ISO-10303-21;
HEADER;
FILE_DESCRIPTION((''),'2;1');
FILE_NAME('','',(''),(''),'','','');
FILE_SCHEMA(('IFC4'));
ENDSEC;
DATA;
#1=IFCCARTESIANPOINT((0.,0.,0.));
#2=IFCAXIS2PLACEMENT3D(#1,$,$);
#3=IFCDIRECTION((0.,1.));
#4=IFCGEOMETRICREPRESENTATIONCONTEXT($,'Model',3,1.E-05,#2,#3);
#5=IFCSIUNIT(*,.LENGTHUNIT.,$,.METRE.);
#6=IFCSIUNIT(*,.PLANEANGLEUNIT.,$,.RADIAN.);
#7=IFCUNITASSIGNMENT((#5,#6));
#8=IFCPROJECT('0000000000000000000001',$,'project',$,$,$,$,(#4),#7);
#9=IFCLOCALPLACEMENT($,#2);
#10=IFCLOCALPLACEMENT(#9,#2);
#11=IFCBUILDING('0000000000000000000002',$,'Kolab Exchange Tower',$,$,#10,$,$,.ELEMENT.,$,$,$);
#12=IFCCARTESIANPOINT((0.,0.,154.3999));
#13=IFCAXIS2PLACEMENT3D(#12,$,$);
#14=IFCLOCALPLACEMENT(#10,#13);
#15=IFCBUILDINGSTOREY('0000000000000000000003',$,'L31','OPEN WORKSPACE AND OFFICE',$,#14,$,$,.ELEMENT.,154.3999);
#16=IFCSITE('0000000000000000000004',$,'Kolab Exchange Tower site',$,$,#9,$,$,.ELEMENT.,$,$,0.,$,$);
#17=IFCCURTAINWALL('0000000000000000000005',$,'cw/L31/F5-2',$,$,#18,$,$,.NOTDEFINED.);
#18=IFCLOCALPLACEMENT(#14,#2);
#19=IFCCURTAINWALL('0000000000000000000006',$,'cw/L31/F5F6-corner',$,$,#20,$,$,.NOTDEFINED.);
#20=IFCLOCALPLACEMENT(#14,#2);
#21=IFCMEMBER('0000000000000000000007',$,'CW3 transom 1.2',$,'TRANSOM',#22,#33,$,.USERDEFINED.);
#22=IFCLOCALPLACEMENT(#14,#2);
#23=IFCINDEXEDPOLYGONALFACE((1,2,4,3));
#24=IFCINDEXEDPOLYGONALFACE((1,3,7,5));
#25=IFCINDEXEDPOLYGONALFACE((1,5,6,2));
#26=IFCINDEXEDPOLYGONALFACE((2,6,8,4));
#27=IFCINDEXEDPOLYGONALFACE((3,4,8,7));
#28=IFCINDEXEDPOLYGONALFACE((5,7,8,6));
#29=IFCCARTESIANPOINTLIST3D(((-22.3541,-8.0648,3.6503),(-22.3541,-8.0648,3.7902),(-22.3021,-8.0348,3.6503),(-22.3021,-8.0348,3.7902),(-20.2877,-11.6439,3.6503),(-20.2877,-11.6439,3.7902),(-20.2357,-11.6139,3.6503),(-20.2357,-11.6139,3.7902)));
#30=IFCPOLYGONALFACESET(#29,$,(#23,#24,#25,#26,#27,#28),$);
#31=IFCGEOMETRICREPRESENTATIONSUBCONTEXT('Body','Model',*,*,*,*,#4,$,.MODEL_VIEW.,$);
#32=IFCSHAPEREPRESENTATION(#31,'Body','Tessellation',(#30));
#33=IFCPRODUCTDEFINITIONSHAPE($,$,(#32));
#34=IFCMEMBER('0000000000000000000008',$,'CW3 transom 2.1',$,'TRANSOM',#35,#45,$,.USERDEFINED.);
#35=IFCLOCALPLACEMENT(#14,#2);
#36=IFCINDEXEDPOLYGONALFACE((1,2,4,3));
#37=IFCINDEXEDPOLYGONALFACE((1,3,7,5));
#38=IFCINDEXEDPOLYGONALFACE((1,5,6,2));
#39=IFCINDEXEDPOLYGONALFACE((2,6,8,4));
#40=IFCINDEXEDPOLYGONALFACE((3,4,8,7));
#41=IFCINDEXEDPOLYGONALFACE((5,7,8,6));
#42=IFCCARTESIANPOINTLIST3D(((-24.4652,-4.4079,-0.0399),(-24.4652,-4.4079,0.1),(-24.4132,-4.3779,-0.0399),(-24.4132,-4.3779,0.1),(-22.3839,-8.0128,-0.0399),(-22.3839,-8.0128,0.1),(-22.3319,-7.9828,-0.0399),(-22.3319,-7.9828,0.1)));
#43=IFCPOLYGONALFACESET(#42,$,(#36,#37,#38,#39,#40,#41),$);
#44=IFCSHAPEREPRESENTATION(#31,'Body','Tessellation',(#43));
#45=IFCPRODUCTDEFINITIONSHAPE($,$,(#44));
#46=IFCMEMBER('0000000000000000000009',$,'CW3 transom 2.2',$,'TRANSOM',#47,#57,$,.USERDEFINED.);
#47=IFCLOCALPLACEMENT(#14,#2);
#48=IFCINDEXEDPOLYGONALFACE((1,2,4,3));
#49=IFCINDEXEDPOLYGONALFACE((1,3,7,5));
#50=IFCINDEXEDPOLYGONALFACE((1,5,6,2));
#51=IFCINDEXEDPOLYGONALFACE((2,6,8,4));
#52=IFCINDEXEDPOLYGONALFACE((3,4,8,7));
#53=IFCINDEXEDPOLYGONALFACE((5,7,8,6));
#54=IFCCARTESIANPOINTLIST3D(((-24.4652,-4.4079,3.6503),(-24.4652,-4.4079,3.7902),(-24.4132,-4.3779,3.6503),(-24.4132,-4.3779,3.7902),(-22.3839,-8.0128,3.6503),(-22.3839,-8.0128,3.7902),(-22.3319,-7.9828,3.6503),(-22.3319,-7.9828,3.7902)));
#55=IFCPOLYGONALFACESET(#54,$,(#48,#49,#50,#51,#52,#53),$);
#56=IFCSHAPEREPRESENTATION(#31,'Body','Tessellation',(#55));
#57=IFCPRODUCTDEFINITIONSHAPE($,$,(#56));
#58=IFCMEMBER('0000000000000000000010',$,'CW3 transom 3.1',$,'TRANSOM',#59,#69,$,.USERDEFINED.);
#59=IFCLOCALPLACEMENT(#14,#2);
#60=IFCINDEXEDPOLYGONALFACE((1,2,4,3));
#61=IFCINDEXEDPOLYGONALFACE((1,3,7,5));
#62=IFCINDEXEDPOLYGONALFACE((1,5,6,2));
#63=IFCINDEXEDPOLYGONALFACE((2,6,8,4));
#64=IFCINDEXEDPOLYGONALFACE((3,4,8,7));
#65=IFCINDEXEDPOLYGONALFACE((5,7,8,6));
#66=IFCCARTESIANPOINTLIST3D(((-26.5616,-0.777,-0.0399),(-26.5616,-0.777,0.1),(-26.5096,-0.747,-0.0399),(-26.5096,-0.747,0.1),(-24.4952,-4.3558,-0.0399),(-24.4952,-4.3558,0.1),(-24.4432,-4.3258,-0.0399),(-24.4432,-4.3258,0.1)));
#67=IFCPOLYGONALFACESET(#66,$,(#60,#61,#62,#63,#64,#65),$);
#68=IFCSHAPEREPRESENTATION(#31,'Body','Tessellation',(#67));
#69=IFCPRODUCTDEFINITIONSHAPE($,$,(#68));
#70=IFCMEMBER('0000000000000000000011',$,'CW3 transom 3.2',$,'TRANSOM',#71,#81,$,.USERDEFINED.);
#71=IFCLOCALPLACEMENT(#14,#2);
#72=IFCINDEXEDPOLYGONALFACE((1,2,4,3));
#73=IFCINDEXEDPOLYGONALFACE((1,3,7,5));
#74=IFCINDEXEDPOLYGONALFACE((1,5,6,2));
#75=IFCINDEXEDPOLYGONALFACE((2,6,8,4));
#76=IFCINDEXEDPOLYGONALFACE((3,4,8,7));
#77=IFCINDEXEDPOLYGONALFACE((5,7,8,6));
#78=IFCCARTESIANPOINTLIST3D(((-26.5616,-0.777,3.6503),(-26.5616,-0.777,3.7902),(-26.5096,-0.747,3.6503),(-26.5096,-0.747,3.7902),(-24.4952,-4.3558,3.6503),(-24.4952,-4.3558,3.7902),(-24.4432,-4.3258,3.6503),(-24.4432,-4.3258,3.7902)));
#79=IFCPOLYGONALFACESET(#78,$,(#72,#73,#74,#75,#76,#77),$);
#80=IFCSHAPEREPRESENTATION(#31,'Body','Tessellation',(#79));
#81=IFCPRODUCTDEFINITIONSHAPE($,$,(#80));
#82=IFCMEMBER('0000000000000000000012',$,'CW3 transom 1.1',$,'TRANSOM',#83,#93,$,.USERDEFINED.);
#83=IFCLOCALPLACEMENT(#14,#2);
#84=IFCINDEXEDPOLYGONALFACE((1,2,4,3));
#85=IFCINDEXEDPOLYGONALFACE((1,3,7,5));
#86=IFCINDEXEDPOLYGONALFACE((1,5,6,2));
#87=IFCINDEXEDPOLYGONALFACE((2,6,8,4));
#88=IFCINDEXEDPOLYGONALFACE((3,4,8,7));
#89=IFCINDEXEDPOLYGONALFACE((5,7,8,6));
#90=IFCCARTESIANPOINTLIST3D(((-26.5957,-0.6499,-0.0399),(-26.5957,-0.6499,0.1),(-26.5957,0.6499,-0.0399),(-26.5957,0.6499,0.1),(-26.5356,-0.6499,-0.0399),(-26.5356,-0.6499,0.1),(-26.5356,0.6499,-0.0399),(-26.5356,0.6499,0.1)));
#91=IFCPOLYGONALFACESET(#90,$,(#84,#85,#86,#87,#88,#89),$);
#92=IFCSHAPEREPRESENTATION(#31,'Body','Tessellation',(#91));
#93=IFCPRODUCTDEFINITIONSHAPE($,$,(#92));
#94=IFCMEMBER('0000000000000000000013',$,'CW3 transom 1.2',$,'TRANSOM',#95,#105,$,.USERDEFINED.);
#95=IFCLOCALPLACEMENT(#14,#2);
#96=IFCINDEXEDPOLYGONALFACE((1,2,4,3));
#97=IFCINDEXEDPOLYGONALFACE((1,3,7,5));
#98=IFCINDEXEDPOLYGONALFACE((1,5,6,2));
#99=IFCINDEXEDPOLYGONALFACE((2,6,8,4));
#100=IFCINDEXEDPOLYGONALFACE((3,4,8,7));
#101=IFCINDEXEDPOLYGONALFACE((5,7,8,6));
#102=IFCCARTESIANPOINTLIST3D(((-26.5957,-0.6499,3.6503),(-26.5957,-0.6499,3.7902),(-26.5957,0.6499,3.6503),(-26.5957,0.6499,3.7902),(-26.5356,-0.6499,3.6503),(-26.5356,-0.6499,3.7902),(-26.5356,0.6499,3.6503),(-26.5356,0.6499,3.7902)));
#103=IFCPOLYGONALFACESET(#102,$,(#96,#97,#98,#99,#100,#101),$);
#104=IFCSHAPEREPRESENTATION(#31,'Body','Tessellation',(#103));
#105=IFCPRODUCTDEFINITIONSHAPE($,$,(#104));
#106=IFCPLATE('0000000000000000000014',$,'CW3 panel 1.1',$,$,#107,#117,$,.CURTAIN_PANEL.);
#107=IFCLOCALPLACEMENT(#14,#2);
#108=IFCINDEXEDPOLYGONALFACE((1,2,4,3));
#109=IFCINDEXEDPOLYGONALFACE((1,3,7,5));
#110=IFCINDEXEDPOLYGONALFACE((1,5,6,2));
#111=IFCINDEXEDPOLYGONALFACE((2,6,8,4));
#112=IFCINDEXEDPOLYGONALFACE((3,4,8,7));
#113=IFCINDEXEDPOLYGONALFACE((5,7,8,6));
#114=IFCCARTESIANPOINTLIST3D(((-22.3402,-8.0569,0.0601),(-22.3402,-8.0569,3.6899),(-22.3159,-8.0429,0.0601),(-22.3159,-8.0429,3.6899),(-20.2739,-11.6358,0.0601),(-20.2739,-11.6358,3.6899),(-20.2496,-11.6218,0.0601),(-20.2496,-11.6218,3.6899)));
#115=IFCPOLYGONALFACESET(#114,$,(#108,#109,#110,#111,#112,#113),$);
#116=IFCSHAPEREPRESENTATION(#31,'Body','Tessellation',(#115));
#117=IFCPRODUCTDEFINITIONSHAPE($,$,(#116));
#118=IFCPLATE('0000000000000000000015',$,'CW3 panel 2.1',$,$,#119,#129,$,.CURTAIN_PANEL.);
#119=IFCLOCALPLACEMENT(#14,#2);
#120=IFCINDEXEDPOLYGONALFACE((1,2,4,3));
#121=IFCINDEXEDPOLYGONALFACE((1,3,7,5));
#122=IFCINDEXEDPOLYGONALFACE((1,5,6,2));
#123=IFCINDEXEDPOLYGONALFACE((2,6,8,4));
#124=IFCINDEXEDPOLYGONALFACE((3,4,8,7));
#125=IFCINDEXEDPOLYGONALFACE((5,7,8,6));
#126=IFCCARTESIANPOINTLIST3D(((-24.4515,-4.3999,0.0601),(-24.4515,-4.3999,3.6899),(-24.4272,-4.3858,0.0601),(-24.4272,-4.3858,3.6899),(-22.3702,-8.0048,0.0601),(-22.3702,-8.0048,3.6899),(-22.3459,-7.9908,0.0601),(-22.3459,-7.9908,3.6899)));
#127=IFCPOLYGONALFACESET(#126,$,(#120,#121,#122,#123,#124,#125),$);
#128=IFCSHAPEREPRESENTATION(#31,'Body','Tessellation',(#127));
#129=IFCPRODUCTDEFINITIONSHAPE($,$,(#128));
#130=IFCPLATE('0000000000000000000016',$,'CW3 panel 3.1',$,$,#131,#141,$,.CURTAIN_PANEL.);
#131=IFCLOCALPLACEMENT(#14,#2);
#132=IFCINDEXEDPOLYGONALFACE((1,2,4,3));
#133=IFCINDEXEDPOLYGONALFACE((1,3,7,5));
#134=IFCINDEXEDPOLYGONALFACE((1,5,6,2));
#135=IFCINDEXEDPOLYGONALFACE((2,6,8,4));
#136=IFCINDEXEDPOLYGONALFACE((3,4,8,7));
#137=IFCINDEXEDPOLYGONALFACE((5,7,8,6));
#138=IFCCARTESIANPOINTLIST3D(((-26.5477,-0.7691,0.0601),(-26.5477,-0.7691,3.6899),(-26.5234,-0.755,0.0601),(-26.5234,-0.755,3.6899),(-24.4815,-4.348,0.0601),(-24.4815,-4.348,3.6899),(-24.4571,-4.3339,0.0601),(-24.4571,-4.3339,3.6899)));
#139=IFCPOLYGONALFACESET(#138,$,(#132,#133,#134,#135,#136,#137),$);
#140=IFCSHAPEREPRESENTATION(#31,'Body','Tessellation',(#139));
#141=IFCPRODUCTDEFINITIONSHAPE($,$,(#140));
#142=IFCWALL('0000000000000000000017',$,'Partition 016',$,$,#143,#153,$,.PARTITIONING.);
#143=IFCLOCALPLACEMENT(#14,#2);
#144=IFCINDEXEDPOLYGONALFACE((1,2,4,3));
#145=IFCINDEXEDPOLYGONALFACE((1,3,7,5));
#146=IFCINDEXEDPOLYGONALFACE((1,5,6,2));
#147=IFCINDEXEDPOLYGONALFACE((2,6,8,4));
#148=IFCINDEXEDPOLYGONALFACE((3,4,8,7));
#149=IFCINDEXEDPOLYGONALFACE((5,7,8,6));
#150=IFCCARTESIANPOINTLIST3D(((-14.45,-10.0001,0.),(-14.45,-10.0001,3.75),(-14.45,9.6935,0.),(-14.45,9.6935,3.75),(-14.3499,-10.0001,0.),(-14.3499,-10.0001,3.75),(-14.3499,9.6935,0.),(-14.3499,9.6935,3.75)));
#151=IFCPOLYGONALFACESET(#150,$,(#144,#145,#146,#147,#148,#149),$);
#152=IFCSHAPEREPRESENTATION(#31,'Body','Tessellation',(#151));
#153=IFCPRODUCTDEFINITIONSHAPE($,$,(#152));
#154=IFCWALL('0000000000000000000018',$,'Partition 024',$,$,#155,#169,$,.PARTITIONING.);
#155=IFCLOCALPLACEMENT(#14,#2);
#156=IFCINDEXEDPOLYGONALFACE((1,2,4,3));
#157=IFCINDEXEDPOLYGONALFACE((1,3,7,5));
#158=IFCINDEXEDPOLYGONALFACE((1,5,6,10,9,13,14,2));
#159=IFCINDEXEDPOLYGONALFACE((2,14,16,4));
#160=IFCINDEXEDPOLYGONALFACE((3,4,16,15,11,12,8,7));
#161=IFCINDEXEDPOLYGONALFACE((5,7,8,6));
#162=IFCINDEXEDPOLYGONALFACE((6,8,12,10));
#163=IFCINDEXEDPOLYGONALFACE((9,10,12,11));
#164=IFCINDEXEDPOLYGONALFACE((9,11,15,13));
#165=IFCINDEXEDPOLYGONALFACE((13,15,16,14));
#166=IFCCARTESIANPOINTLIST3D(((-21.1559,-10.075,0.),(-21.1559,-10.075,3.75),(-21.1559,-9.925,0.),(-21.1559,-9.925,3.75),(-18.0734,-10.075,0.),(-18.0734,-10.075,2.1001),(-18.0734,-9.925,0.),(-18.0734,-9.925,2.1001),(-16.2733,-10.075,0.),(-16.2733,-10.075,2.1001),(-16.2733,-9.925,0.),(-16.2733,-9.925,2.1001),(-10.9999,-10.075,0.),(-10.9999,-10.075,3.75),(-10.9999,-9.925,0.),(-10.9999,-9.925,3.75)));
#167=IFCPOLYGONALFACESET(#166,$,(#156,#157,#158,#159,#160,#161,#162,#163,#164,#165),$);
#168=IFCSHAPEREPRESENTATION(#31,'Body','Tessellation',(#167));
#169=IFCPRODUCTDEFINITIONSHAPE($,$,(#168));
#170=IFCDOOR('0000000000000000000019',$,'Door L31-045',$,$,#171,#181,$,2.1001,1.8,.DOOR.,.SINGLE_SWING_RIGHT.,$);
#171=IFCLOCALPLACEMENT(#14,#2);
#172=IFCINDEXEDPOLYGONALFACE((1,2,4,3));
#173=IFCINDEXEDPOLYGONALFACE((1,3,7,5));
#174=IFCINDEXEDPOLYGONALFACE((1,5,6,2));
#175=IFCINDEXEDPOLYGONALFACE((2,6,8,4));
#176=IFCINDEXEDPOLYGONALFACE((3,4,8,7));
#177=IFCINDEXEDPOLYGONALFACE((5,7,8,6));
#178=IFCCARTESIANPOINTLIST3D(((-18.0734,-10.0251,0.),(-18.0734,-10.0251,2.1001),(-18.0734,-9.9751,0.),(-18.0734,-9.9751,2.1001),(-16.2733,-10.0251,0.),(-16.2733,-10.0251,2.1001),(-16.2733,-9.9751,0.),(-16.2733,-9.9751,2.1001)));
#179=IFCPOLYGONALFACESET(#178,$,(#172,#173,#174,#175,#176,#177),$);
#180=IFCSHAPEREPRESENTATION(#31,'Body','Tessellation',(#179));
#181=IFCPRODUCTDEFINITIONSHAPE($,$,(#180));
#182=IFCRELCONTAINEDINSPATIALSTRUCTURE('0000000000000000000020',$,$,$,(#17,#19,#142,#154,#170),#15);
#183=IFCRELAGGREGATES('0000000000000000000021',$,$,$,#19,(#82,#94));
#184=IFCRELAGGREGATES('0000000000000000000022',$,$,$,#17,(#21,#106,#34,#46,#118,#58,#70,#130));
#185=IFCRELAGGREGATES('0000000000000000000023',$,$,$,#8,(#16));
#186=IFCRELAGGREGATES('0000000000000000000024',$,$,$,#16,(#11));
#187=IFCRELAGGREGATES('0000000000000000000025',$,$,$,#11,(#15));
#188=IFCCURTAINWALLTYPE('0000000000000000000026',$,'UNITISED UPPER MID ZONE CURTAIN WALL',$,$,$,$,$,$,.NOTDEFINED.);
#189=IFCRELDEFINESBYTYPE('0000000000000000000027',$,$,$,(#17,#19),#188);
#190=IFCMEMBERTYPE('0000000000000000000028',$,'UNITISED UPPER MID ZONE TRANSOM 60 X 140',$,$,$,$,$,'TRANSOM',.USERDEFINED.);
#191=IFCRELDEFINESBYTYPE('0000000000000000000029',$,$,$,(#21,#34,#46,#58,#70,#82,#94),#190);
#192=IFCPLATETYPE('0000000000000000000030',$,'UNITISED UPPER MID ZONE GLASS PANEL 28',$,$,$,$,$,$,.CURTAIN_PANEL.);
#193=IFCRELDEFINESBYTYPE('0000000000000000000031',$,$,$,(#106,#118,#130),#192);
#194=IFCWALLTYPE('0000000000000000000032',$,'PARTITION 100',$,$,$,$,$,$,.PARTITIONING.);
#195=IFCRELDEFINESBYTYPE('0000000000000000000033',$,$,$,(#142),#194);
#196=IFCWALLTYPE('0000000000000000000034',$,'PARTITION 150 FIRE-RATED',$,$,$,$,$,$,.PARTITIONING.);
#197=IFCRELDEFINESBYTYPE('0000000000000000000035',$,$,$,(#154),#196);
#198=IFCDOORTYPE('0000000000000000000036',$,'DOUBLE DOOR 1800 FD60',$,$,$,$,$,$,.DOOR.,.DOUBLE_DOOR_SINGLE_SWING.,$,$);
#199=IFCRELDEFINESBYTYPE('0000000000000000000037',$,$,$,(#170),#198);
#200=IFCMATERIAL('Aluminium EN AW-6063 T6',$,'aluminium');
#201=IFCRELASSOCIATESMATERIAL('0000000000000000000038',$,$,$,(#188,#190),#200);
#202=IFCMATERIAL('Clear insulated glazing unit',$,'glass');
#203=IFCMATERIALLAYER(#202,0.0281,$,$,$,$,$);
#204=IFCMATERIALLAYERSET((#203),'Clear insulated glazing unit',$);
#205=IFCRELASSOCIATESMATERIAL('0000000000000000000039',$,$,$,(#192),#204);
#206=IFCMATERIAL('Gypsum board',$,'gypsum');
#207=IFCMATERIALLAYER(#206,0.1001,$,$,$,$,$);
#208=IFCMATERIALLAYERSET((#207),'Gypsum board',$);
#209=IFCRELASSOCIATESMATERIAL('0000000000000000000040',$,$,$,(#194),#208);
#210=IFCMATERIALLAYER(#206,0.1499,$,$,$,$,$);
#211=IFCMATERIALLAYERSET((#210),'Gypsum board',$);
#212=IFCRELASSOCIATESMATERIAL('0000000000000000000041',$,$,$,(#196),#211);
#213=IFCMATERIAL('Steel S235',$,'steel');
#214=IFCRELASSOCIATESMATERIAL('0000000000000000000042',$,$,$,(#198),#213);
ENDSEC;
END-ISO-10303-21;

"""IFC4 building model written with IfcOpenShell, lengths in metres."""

from ifc_helpers import new_model, si_unit, direction, frame, frame_2d, origin, origin_2d, place, context, subcontext, project, spatial, rectangle, extrude, material, layer, layer_set, material_profile, profile_set, type_object, element, fill, aggregate, save


model = new_model("IFC4")

# Units and contexts
model_context = context("Model", 3, precision=1e-05, world=origin(), true_north=direction((0.0, 1.0)))
body_context = subcontext(model_context, "Body", "Model", "MODEL_VIEW")
ifc_project = project(units=[si_unit("LENGTHUNIT", "METRE"), si_unit("PLANEANGLEUNIT", "RADIAN")], contexts=[model_context])

# Site, building, storey
site_placement = place(None, origin())
site = spatial("IfcSite", under=ifc_project, at=site_placement, Name="Kolab Exchange Tower site", CompositionType="ELEMENT", RefElevation=0.0)
building_placement = place(site_placement, origin())
building = spatial("IfcBuilding", under=site, at=building_placement, Name="Kolab Exchange Tower", CompositionType="ELEMENT")
storey_placement = place(building_placement, frame((0.0, 0.0, 154.3999)))
storey = spatial("IfcBuildingStorey", under=building, at=storey_placement, Name="L31", Description="OPEN WORKSPACE AND OFFICE", CompositionType="ELEMENT", Elevation=154.3999)

# Curtain wall
ifc_material_1 = material(Name="Aluminium EN AW-6063 T6", Category="aluminium")
curtain_wall_type = type_object("IfcCurtainWallType", Name="UNITISED UPPER MID ZONE CURTAIN WALL", PredefinedType="NOTDEFINED", material=ifc_material_1)
curtain_wall_1_placement = place(storey_placement, origin())
curtain_wall_1 = element("IfcCurtainWall", 1, at=curtain_wall_1_placement, inside=storey, type_object=curtain_wall_type, Name="cw/L31/F5-2", PredefinedType="NOTDEFINED")

# Curtain wall
curtain_wall_2_placement = place(storey_placement, origin())
curtain_wall_2 = element("IfcCurtainWall", 2, at=curtain_wall_2_placement, inside=storey, type_object=curtain_wall_type, Name="cw/L31/F5F6-corner", PredefinedType="NOTDEFINED")

# Members
ifc_material_profile_1 = material_profile(ifc_material_1, rectangle(XDim=0.0601, YDim=0.1399, at=origin_2d()), Name="RECT 60X140")
ifc_profile_set_1 = profile_set([ifc_material_profile_1], Name="Aluminium EN AW-6063 T6")
member_type_1 = type_object("IfcMemberType", Name="UNITISED UPPER MID ZONE TRANSOM 60 X 140", ElementType="TRANSOM", PredefinedType="USERDEFINED", material=ifc_profile_set_1)
member_1_placement = place(storey_placement, frame((-20.2617, -11.6289, 3.7202), z_axis=(-0.500002, 0.866024, 0.0), x_axis=(-0.866024, -0.500002, 0.0)))
member_1 = element("IfcMember", 3, at=member_1_placement, type_object=member_type_1, Name="CW3 transom 1.2", ObjectType="TRANSOM", PredefinedType="USERDEFINED", context=body_context, shape_type="SweptSolid", body=[
    extrude(rectangle(XDim=0.0601, YDim=0.1399, at=origin_2d()), origin(), (0.0, 0.0, 1.0), 4.1328),
])
member_2_placement = place(storey_placement, frame((-22.3579, -7.9978, 0.03), z_axis=(-0.499993, 0.866029, 0.0), x_axis=(-0.866029, -0.499993, 0.0)))
member_2 = element("IfcMember", 4, at=member_2_placement, type_object=member_type_1, Name="CW3 transom 2.1", ObjectType="TRANSOM", PredefinedType="USERDEFINED", context=body_context, shape_type="SweptSolid", body=[
    extrude(rectangle(XDim=0.0601, YDim=0.1399, at=origin_2d()), origin(), (0.0, 0.0, 1.0), 4.1626),
])
member_3_placement = place(storey_placement, frame((-22.3579, -7.9978, 3.7202), z_axis=(-0.499993, 0.866029, 0.0), x_axis=(-0.866029, -0.499993, 0.0)))
member_3 = element("IfcMember", 5, at=member_3_placement, type_object=member_type_1, Name="CW3 transom 2.2", ObjectType="TRANSOM", PredefinedType="USERDEFINED", context=body_context, shape_type="SweptSolid", body=[
    extrude(rectangle(XDim=0.0601, YDim=0.1399, at=origin_2d()), origin(), (0.0, 0.0, 1.0), 4.1626),
])
member_4_placement = place(storey_placement, frame((-24.4692, -4.3408, 0.03), z_axis=(-0.500028, 0.866009, 0.0), x_axis=(-0.866009, -0.500028, 0.0)))
member_4 = element("IfcMember", 6, at=member_4_placement, type_object=member_type_1, Name="CW3 transom 3.1", ObjectType="TRANSOM", PredefinedType="USERDEFINED", context=body_context, shape_type="SweptSolid", body=[
    extrude(rectangle(XDim=0.0601, YDim=0.1399, at=origin_2d()), origin(), (0.0, 0.0, 1.0), 4.1326),
])
member_5_placement = place(storey_placement, frame((-24.4692, -4.3408, 3.7202), z_axis=(-0.500028, 0.866009, 0.0), x_axis=(-0.866009, -0.500028, 0.0)))
member_5 = element("IfcMember", 7, at=member_5_placement, type_object=member_type_1, Name="CW3 transom 3.2", ObjectType="TRANSOM", PredefinedType="USERDEFINED", context=body_context, shape_type="SweptSolid", body=[
    extrude(rectangle(XDim=0.0601, YDim=0.1399, at=origin_2d()), origin(), (0.0, 0.0, 1.0), 4.1326),
])
member_6_placement = place(storey_placement, frame((-26.5657, -0.6499, 0.03), z_axis=(0.0, 1.0, 0.0), x_axis=(-1.0, 0.0, 0.0)))
member_6 = element("IfcMember", 8, at=member_6_placement, type_object=member_type_1, Name="CW3 transom 1.1", ObjectType="TRANSOM", PredefinedType="USERDEFINED", context=body_context, shape_type="SweptSolid", body=[
    extrude(rectangle(XDim=0.0601, YDim=0.1399, at=origin_2d()), origin(), (0.0, 0.0, 1.0), 1.2998),
])
member_7_placement = place(storey_placement, frame((-26.5657, -0.6499, 3.7202), z_axis=(0.0, 1.0, 0.0), x_axis=(-1.0, 0.0, 0.0)))
member_7 = element("IfcMember", 9, at=member_7_placement, type_object=member_type_1, Name="CW3 transom 1.2", ObjectType="TRANSOM", PredefinedType="USERDEFINED", context=body_context, shape_type="SweptSolid", body=[
    extrude(rectangle(XDim=0.0601, YDim=0.1399, at=origin_2d()), origin(), (0.0, 0.0, 1.0), 1.2998),
])
aggregate(curtain_wall_2, [member_6, member_7])

# Plates
ifc_material_2 = material(Name="Clear insulated glazing unit", Category="glass")
ifc_layer_1 = layer(ifc_material_2, 0.0281)
ifc_layer_set_1 = layer_set([ifc_layer_1], Name="Clear insulated glazing unit")
plate_type = type_object("IfcPlateType", Name="UNITISED UPPER MID ZONE GLASS PANEL 28", PredefinedType="CURTAIN_PANEL", material=ifc_layer_set_1)
plate_1_placement = place(storey_placement, frame((-21.2949, -9.8394, 0.0601), z_axis=(0.0, 0.0, 1.0), x_axis=(-0.5, 0.866025, 0.0)))
plate_1 = element("IfcPlate", 10, at=plate_1_placement, type_object=plate_type, Name="CW3 panel 1.1", PredefinedType="CURTAIN_PANEL", context=body_context, shape_type="SweptSolid", body=[
    extrude(rectangle(XDim=4.1326, YDim=0.0281, at=origin_2d()), origin(), (0.0, 0.0, 1.0), 3.6299),
])
plate_2_placement = place(storey_placement, frame((-23.3987, -6.1953, 0.0601), z_axis=(0.0, 0.0, 1.0), x_axis=(-0.5, 0.866025, 0.0)))
plate_2 = element("IfcPlate", 11, at=plate_2_placement, type_object=plate_type, Name="CW3 panel 2.1", PredefinedType="CURTAIN_PANEL", context=body_context, shape_type="SweptSolid", body=[
    extrude(rectangle(XDim=4.1626, YDim=0.0281, at=origin_2d()), origin(), (0.0, 0.0, 1.0), 3.6299),
])
plate_3_placement = place(storey_placement, frame((-25.5024, -2.5515, 0.0601), z_axis=(0.0, 0.0, 1.0), x_axis=(-0.5, 0.866025, 0.0)))
plate_3 = element("IfcPlate", 12, at=plate_3_placement, type_object=plate_type, Name="CW3 panel 3.1", PredefinedType="CURTAIN_PANEL", context=body_context, shape_type="SweptSolid", body=[
    extrude(rectangle(XDim=4.1326, YDim=0.0281, at=origin_2d()), origin(), (0.0, 0.0, 1.0), 3.6299),
])
aggregate(curtain_wall_1, [member_1, plate_1, member_2, member_3, plate_2, member_4, member_5, plate_3])

# Wall
ifc_material_3 = material(Name="Gypsum board", Category="gypsum")
ifc_layer_2 = layer(ifc_material_3, 0.1001)
ifc_layer_set_2 = layer_set([ifc_layer_2], Name="Gypsum board")
wall_type_1 = type_object("IfcWallType", Name="PARTITION 100", PredefinedType="PARTITIONING", material=ifc_layer_set_2)
wall_1_placement = place(storey_placement, frame((-14.3999, -10.0, 0.0), z_axis=(0.0, 0.0, 1.0), x_axis=(0.0, 1.0, 0.0)))
element("IfcWall", 13, at=wall_1_placement, inside=storey, type_object=wall_type_1, Name="Partition 016", PredefinedType="PARTITIONING", context=body_context, shape_type="SweptSolid", body=[
    extrude(rectangle(XDim=19.6936, YDim=0.1001, at=frame_2d((9.8467, 0.0))), origin(), (0.0, 0.0, 1.0), 3.75),
])

# Wall, opening, door
ifc_layer_3 = layer(ifc_material_3, 0.1499)
ifc_layer_set_3 = layer_set([ifc_layer_3], Name="Gypsum board")
wall_type_2 = type_object("IfcWallType", Name="PARTITION 150 FIRE-RATED", PredefinedType="PARTITIONING", material=ifc_layer_set_3)
wall_2_placement = place(storey_placement, frame((-21.156, -10.0, 0.0), z_axis=(0.0, 0.0, 1.0), x_axis=(1.0, 0.0, 0.0)))
wall_2 = element("IfcWall", 14, at=wall_2_placement, inside=storey, type_object=wall_type_2, Name="Partition 024", PredefinedType="PARTITIONING", context=body_context, shape_type="SweptSolid", body=[
    extrude(rectangle(XDim=10.156, YDim=0.1499, at=frame_2d((5.0781, 0.0))), origin(), (0.0, 0.0, 1.0), 3.75),
])
opening_placement = place(wall_2_placement, frame((3.0828, 0.0, 0.0)))
opening = element("IfcOpeningElement", 15, at=opening_placement, cuts=wall_2, PredefinedType="OPENING", context=body_context, shape_type="SweptSolid", body=[
    extrude(rectangle(XDim=1.8, YDim=2.1001, at=frame_2d((0.8999, 1.05))), frame((0.0, 0.085, 0.0), z_axis=(0.0, -1.0, 0.0), x_axis=(1.0, 0.0, 0.0)), (0.0, 0.0, 1.0), 0.1699),
])
ifc_material_4 = material(Name="Steel S235", Category="steel")
door_type = type_object("IfcDoorType", Name="DOUBLE DOOR 1800 FD60", OperationType="DOUBLE_DOOR_SINGLE_SWING", PredefinedType="DOOR", material=ifc_material_4)
door_placement = place(opening_placement, origin())
door = element("IfcDoor", 16, at=door_placement, inside=storey, type_object=door_type, Name="Door L31-045", OperationType="SINGLE_SWING_RIGHT", OverallHeight=2.1001, OverallWidth=1.8, PredefinedType="DOOR", context=body_context, shape_type="SweptSolid", body=[
    extrude(rectangle(XDim=1.8, YDim=2.1001, at=frame_2d((0.8999, 1.05))), frame((0.0, 0.0249, 0.0), z_axis=(0.0, -1.0, 0.0), x_axis=(1.0, 0.0, 0.0)), (0.0, 0.0, 1.0), 0.05),
])
fill(opening, door)

save(model, "model.ifc")
